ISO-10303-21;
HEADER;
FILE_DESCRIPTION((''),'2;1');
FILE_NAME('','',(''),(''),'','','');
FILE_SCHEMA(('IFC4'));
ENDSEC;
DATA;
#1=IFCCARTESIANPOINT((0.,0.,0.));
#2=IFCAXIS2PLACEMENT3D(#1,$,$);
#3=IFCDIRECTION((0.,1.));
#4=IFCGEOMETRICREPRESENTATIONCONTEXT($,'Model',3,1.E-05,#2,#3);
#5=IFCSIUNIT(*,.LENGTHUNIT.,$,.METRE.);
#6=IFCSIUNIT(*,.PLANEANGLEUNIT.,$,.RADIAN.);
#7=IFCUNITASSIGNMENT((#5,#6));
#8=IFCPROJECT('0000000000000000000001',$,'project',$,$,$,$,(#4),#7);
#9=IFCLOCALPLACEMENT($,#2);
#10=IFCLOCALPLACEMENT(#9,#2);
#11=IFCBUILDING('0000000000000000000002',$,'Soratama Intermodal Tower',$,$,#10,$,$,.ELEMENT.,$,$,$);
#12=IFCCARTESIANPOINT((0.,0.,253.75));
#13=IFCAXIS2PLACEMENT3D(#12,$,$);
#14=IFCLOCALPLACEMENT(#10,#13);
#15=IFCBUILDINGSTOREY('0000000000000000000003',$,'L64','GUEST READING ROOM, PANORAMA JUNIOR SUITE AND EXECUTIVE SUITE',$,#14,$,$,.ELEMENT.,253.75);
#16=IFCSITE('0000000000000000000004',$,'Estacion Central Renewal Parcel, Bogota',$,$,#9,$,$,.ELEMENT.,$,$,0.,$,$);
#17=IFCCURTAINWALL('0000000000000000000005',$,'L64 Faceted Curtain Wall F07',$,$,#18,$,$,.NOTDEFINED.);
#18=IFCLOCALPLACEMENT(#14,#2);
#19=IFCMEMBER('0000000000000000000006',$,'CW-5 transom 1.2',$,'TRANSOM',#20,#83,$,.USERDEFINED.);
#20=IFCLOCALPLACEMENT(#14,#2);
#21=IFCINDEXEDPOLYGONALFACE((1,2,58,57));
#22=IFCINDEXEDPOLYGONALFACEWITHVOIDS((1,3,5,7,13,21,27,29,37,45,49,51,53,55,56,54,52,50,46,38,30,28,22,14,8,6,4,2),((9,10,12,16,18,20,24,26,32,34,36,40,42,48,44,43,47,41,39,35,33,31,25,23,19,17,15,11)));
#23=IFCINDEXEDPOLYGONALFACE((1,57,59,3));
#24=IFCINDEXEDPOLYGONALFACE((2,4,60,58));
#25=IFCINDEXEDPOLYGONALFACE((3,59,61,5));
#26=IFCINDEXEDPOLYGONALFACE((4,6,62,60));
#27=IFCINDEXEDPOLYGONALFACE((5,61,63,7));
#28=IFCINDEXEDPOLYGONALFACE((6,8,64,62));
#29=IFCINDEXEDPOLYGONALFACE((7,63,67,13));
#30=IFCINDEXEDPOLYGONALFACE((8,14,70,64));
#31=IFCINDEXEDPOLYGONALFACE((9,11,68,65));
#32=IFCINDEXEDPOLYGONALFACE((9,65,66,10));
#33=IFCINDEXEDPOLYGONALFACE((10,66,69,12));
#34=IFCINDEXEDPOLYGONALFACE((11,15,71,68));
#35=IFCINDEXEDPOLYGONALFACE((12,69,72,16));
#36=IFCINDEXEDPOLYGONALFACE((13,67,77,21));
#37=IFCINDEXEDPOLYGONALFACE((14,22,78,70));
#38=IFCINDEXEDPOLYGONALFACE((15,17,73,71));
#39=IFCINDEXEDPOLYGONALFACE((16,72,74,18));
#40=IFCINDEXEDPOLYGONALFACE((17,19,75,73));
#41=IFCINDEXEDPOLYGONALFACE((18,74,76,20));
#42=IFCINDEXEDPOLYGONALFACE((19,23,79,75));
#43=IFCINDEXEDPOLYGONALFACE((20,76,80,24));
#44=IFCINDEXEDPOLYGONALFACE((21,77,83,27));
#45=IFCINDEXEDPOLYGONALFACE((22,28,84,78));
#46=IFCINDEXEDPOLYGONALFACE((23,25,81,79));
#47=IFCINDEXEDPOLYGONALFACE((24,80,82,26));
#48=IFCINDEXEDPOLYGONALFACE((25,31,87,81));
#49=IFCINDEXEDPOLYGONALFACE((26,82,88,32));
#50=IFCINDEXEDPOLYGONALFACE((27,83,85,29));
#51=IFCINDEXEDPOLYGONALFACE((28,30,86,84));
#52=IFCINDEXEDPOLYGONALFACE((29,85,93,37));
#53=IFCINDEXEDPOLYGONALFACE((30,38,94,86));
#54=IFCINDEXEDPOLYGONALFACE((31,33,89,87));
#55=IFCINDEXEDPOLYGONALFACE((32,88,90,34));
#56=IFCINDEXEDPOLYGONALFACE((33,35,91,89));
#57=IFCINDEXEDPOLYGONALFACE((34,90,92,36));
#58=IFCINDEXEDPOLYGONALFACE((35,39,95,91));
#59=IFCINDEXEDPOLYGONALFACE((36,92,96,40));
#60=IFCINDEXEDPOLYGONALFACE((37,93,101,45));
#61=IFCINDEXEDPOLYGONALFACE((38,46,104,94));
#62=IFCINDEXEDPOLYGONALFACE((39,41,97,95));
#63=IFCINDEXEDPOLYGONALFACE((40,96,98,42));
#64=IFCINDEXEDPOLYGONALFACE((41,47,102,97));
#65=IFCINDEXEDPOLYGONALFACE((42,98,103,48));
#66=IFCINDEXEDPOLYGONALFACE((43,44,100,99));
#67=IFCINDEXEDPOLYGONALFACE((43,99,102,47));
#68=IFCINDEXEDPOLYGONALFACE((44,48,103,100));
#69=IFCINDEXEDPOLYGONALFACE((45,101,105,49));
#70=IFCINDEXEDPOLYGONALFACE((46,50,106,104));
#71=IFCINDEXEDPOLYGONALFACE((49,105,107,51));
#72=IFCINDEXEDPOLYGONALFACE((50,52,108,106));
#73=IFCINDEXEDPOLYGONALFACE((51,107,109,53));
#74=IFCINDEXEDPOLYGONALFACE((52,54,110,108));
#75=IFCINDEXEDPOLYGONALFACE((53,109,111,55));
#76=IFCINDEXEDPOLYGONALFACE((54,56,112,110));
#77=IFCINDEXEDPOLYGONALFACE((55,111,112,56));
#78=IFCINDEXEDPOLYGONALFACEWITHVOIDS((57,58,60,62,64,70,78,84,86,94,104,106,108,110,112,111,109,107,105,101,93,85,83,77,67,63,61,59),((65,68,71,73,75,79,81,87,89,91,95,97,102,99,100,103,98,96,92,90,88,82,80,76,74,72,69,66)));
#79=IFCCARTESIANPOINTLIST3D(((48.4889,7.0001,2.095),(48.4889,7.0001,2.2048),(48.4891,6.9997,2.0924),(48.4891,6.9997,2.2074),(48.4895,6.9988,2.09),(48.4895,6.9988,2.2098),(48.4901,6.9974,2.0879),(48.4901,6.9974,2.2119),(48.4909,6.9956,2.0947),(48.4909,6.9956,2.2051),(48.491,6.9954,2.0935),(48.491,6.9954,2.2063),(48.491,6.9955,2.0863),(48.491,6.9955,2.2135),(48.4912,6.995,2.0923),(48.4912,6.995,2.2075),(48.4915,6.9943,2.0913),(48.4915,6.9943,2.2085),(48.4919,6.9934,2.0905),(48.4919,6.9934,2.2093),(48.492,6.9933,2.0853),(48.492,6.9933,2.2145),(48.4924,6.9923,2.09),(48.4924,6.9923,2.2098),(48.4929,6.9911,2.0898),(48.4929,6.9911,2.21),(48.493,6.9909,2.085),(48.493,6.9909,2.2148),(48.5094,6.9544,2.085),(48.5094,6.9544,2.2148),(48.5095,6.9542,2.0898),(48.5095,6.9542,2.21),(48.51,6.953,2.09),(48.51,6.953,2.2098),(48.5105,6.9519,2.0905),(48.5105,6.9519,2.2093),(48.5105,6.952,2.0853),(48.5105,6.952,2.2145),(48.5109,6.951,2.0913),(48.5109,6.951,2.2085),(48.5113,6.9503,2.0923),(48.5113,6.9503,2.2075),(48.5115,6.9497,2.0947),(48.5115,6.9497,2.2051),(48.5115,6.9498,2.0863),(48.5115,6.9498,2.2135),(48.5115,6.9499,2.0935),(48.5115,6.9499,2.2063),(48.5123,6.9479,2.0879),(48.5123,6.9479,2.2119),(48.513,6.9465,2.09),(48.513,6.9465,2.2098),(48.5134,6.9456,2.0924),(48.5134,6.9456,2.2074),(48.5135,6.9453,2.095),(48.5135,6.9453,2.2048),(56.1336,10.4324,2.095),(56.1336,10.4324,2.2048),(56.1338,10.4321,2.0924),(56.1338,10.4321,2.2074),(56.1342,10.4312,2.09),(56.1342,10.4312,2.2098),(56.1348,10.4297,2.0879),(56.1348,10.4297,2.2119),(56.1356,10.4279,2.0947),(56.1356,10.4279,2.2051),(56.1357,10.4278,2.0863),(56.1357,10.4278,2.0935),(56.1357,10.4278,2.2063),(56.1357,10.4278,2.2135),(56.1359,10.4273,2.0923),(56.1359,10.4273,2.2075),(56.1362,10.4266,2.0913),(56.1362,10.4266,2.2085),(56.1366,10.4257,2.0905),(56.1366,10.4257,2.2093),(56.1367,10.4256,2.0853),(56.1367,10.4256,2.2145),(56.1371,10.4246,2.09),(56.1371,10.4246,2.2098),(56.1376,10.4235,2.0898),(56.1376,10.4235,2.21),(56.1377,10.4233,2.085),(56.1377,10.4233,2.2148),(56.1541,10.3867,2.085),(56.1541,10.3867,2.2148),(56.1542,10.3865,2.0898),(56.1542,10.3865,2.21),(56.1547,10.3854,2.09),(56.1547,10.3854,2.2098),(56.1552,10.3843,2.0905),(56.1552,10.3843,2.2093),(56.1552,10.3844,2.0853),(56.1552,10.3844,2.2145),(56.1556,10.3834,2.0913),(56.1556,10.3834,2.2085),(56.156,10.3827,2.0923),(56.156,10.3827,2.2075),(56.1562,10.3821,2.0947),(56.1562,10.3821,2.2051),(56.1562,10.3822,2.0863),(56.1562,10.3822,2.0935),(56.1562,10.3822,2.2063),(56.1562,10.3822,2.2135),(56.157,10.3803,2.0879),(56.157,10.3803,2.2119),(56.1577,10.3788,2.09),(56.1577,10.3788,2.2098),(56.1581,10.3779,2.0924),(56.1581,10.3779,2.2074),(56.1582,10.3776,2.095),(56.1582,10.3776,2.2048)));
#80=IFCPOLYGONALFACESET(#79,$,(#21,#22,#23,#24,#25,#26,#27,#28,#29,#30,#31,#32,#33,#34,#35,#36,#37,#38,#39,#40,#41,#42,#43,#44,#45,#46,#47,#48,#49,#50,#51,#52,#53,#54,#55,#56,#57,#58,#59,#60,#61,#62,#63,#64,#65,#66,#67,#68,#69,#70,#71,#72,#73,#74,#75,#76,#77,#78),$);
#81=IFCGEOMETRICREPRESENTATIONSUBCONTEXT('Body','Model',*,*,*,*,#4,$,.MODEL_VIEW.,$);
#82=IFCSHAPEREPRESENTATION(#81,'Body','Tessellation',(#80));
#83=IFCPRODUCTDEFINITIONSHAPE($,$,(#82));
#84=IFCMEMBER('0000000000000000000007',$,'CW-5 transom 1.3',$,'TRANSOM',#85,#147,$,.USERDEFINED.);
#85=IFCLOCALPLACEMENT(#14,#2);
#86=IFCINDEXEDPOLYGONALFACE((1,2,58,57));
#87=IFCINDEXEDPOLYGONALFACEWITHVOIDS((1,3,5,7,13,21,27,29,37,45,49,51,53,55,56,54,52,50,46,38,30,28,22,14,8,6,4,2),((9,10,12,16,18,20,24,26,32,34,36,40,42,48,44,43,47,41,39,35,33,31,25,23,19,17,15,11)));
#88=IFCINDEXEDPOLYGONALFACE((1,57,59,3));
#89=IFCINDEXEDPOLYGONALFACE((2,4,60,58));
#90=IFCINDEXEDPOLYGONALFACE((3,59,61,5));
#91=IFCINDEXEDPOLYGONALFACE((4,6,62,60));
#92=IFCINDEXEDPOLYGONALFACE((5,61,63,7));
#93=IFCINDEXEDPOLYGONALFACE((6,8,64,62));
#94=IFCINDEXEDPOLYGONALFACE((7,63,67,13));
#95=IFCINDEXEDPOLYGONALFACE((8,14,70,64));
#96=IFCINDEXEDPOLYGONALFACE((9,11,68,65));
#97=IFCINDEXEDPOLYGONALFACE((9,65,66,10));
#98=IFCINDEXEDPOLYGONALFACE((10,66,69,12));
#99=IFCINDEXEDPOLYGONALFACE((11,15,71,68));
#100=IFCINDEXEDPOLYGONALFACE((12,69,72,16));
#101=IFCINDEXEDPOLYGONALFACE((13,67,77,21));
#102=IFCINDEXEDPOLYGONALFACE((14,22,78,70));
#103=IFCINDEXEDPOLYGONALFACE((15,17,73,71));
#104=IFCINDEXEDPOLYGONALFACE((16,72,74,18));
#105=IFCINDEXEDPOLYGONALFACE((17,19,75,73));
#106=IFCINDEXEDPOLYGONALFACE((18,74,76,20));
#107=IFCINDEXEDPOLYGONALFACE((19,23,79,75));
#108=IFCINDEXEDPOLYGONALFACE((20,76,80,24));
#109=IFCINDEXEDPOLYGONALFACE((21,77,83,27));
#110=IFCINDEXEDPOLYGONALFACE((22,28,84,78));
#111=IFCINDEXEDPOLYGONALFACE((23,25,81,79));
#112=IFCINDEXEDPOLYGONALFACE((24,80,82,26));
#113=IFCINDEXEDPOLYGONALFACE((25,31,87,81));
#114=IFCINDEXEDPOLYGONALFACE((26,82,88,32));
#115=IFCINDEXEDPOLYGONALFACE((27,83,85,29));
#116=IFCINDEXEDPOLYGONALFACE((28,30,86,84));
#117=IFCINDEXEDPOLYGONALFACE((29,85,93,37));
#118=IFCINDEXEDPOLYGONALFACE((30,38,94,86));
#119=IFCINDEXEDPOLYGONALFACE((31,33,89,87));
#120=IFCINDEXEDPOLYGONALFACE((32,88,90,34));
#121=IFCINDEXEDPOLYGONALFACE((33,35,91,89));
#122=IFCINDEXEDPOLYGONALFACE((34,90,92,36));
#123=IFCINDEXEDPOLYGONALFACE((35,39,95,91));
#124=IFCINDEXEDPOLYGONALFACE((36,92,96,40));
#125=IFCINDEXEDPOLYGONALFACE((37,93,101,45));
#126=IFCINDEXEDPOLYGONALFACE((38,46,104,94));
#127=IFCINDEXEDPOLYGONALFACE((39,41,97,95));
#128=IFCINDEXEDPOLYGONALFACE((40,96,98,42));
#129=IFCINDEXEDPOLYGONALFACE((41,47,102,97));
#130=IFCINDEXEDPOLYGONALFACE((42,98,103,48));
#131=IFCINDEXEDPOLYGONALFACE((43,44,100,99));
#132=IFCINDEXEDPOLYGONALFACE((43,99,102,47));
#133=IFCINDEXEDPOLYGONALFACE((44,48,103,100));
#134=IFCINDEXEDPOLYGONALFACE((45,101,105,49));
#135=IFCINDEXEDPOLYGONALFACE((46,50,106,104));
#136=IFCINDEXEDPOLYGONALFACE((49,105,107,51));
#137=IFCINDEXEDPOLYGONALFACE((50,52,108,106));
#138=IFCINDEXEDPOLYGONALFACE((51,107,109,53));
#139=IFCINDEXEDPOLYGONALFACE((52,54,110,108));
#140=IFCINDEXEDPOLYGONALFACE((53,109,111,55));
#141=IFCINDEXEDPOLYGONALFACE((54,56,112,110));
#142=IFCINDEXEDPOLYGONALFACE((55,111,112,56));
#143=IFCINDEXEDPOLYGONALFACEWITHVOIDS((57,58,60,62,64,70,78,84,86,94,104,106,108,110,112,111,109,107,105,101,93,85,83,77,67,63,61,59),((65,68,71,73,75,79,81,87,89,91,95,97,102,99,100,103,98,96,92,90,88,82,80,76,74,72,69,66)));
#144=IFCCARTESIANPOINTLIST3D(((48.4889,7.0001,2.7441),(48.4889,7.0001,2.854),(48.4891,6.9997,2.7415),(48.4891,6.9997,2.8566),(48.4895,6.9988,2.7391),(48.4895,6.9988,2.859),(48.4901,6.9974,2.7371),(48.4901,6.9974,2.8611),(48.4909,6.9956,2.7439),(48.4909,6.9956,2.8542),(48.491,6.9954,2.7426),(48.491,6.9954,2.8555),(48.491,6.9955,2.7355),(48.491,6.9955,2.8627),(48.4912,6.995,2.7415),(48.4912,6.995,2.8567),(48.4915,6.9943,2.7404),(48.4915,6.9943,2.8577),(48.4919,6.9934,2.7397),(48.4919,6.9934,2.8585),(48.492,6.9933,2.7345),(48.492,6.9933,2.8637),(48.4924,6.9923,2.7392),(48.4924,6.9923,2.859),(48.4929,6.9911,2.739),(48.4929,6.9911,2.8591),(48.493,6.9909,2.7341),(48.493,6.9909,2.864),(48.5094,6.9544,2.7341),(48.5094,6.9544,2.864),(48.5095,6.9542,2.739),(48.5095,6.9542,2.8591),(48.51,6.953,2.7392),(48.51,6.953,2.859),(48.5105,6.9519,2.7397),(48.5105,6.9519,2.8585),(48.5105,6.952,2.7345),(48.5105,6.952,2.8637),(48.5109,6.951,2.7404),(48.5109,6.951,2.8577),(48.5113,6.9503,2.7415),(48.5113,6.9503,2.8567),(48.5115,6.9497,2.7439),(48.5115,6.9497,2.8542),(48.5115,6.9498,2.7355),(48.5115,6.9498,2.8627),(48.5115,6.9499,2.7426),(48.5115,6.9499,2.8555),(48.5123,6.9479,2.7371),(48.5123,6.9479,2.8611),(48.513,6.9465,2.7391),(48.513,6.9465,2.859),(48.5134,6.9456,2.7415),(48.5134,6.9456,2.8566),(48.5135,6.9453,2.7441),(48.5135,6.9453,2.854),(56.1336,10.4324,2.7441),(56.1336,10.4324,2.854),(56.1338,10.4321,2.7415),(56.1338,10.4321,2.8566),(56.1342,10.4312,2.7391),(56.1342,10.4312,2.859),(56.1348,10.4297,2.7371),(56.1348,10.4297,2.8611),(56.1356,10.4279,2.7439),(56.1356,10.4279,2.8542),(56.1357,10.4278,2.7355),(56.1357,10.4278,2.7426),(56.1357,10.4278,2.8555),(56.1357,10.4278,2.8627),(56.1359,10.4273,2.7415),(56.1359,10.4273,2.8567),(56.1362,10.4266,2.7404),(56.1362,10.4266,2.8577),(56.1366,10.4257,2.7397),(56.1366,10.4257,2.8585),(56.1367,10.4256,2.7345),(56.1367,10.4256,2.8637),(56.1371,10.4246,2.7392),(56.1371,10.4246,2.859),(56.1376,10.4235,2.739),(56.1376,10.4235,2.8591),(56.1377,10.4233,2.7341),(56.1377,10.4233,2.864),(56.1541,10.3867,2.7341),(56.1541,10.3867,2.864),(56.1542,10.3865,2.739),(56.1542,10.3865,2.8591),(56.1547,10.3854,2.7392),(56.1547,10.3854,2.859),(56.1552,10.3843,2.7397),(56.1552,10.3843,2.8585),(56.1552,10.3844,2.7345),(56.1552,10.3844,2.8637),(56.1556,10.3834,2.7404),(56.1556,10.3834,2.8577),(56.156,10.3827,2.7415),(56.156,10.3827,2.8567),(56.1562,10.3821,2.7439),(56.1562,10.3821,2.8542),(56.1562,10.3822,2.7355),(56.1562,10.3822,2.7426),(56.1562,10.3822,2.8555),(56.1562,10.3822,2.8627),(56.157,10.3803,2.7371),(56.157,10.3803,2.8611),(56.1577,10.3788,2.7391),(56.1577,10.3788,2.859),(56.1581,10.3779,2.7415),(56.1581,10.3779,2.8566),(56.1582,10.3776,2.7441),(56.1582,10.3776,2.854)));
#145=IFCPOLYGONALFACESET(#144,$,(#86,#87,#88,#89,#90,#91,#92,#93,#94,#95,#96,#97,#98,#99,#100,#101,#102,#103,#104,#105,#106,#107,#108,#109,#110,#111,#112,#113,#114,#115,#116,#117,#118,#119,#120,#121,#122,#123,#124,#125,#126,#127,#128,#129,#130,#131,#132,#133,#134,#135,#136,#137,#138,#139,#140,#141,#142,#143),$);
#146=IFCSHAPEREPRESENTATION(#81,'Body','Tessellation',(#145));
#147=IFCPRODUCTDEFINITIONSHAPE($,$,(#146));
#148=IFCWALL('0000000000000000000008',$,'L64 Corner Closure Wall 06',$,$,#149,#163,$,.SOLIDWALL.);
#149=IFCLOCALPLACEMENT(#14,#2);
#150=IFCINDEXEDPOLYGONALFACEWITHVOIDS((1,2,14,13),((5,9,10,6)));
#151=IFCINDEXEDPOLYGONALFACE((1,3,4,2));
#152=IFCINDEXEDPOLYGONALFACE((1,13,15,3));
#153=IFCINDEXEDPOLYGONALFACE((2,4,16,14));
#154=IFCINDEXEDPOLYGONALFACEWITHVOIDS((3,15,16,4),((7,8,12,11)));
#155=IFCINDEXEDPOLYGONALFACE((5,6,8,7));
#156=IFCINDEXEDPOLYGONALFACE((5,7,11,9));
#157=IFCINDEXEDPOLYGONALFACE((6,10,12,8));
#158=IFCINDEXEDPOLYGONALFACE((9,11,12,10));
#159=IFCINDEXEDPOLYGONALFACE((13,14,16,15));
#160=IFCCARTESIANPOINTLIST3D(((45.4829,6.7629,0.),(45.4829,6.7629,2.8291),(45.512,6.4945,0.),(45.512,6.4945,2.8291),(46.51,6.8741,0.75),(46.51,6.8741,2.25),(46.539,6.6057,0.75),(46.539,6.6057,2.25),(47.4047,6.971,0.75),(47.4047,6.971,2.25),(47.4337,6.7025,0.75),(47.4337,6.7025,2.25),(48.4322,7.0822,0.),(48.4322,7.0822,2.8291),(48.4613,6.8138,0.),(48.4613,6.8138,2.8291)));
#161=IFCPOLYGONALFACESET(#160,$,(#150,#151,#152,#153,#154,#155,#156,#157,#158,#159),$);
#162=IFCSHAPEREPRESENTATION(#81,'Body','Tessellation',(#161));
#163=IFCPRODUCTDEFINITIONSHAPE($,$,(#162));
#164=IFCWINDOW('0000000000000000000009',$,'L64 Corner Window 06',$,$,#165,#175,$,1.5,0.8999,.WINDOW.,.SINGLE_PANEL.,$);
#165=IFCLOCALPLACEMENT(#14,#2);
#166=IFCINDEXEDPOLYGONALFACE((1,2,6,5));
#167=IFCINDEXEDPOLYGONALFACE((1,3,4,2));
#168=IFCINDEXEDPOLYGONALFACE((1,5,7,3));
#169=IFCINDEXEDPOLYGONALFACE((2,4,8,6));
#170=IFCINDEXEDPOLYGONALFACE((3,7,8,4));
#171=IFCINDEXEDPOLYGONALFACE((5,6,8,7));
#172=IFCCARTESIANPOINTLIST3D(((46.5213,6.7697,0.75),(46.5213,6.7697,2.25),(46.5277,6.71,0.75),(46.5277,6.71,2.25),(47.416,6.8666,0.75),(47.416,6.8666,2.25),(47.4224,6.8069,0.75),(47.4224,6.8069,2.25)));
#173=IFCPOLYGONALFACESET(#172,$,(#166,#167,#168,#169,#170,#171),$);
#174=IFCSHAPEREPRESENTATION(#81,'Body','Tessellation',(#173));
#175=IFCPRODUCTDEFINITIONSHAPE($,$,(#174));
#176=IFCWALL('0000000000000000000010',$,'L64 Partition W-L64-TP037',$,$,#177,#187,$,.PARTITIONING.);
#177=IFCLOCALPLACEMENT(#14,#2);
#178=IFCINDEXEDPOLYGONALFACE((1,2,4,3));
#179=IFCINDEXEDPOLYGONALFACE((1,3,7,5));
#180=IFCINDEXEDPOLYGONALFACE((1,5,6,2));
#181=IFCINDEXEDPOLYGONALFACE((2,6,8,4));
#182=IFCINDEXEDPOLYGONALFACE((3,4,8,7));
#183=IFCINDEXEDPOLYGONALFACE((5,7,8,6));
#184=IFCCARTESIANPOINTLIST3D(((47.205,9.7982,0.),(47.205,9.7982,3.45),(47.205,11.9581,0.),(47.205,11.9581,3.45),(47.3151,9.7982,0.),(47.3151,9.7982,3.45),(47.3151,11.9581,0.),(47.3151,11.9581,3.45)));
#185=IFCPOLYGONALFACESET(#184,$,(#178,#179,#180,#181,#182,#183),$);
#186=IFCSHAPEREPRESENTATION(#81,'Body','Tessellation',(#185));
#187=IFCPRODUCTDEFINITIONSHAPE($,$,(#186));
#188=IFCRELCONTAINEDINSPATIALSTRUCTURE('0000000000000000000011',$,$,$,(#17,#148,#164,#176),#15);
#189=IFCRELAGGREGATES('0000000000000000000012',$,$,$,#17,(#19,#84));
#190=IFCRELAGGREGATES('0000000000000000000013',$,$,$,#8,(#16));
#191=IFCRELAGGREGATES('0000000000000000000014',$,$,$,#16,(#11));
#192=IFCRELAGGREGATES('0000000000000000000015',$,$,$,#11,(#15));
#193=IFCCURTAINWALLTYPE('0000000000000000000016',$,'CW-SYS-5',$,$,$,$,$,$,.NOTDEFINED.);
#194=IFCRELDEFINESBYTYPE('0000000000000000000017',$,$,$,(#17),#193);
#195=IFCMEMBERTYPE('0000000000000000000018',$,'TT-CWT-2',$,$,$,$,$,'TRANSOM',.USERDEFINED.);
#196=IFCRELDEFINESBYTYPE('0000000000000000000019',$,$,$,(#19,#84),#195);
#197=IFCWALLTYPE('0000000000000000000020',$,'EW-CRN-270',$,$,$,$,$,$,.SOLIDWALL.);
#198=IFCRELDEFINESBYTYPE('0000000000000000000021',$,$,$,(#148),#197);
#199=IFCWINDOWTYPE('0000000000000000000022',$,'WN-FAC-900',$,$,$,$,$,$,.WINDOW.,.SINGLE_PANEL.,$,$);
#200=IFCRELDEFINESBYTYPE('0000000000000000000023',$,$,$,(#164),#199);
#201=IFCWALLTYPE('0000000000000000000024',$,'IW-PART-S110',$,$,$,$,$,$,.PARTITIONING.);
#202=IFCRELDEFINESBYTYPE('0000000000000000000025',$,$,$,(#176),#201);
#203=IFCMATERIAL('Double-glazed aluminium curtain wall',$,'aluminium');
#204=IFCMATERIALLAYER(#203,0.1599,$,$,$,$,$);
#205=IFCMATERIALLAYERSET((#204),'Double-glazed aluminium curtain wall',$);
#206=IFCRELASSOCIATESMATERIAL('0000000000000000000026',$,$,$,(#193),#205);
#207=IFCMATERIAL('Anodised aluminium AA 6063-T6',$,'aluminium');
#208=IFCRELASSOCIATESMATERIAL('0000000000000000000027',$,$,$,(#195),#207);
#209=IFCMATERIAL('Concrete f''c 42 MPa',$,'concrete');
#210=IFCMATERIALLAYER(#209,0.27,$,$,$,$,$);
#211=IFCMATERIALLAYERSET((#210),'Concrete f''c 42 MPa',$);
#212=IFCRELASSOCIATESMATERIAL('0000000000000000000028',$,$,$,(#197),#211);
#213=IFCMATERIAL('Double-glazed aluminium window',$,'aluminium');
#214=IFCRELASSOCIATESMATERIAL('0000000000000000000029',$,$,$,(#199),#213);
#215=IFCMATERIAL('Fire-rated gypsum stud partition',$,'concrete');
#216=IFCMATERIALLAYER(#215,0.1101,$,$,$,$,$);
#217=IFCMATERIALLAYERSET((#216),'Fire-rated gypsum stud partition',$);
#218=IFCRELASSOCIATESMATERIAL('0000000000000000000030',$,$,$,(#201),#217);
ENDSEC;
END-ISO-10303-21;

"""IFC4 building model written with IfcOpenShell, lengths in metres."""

from ifc_helpers import new_model, si_unit, direction, frame, frame_2d, origin, origin_2d, place, context, subcontext, project, spatial, rectangle, hollow_rectangle, extrude, material, layer, layer_set, material_profile, profile_set, type_object, element, fill, aggregate, save


model = new_model("IFC4")

# Units and contexts
model_context = context("Model", 3, precision=1e-05, world=origin(), true_north=direction((0.0, 1.0)))
body_context = subcontext(model_context, "Body", "Model", "MODEL_VIEW")
ifc_project = project(units=[si_unit("LENGTHUNIT", "METRE"), si_unit("PLANEANGLEUNIT", "RADIAN")], contexts=[model_context])

# Site, building, storey
site_placement = place(None, origin())
site = spatial("IfcSite", under=ifc_project, at=site_placement, Name="Estacion Central Renewal Parcel, Bogota", CompositionType="ELEMENT", RefElevation=0.0)
building_placement = place(site_placement, origin())
building = spatial("IfcBuilding", under=site, at=building_placement, Name="Soratama Intermodal Tower", CompositionType="ELEMENT")
storey_placement = place(building_placement, frame((0.0, 0.0, 253.75)))
storey = spatial("IfcBuildingStorey", under=building, at=storey_placement, Name="L64", Description="GUEST READING ROOM, PANORAMA JUNIOR SUITE AND EXECUTIVE SUITE", CompositionType="ELEMENT", Elevation=253.75)

# Curtain wall, members
ifc_material_1 = material(Name="Double-glazed aluminium curtain wall", Category="aluminium")
ifc_layer_1 = layer(ifc_material_1, 0.1599)
ifc_layer_set_1 = layer_set([ifc_layer_1], Name="Double-glazed aluminium curtain wall")
curtain_wall_type = type_object("IfcCurtainWallType", Name="CW-SYS-5", PredefinedType="NOTDEFINED", material=ifc_layer_set_1)
curtain_wall_placement = place(storey_placement, origin())
curtain_wall = element("IfcCurtainWall", 1, at=curtain_wall_placement, inside=storey, type_object=curtain_wall_type, Name="L64 Faceted Curtain Wall F07", PredefinedType="NOTDEFINED")
ifc_material_2 = material(Name="Anodised aluminium AA 6063-T6", Category="aluminium")
ifc_material_profile_1 = material_profile(ifc_material_2, hollow_rectangle(XDim=0.0601, YDim=0.1299, WallThickness=0.0049, InnerFilletRadius=0.0049, OuterFilletRadius=0.01, at=origin_2d()), Name="CWT130X60X5")
ifc_profile_set_1 = profile_set([ifc_material_profile_1], Name="Anodised aluminium AA 6063-T6")
member_type_1 = type_object("IfcMemberType", Name="TT-CWT-2", ElementType="TRANSOM", PredefinedType="USERDEFINED", material=ifc_profile_set_1)
member_1_placement = place(storey_placement, frame((48.5012, 6.9727, 2.1499), z_axis=(0.912268, 0.409593, 0.0), x_axis=(-0.409593, 0.912268, 0.0)))
member_1 = element("IfcMember", 2, at=member_1_placement, type_object=member_type_1, Name="CW-5 transom 1.2", ObjectType="TRANSOM", PredefinedType="USERDEFINED", context=body_context, shape_type="SweptSolid", body=[
    extrude(hollow_rectangle(XDim=0.0601, YDim=0.1299, WallThickness=0.0049, InnerFilletRadius=0.0049, OuterFilletRadius=0.01, at=origin_2d()), origin(), (0.0, 0.0, 1.0), 8.3799),
])
member_2_placement = place(storey_placement, frame((48.5012, 6.9727, 2.7991), z_axis=(0.912268, 0.409593, 0.0), x_axis=(-0.409593, 0.912268, 0.0)))
member_2 = element("IfcMember", 3, at=member_2_placement, type_object=member_type_1, Name="CW-5 transom 1.3", ObjectType="TRANSOM", PredefinedType="USERDEFINED", context=body_context, shape_type="SweptSolid", body=[
    extrude(hollow_rectangle(XDim=0.0601, YDim=0.1299, WallThickness=0.0049, InnerFilletRadius=0.0049, OuterFilletRadius=0.01, at=origin_2d()), origin(), (0.0, 0.0, 1.0), 8.3799),
])
aggregate(curtain_wall, [member_1, member_2])

# Wall, opening, window
ifc_material_3 = material(Name="Concrete f'c 42 MPa", Category="concrete")
ifc_layer_2 = layer(ifc_material_3, 0.27)
ifc_layer_set_2 = layer_set([ifc_layer_2], Name="Concrete f'c 42 MPa")
wall_type_1 = type_object("IfcWallType", Name="EW-CRN-270", PredefinedType="SOLIDWALL", material=ifc_layer_set_2)
wall_1_placement = place(storey_placement, frame((45.4973, 6.6287, 0.0), z_axis=(0.0, 0.0, 1.0), x_axis=(0.994189, 0.107649, 0.0)))
wall_1 = element("IfcWall", 4, at=wall_1_placement, inside=storey, type_object=wall_type_1, Name="L64 Corner Closure Wall 06", PredefinedType="SOLIDWALL", context=body_context, shape_type="SweptSolid", body=[
    extrude(rectangle(XDim=2.9666, YDim=0.27, at=frame_2d((1.4834, 0.0))), origin(), (0.0, 0.0, 1.0), 2.8291),
])
opening_1_placement = place(wall_1_placement, frame((1.0332, 0.0, 0.75)))
opening_1 = element("IfcOpeningElement", 5, at=opening_1_placement, cuts=wall_1, PredefinedType="OPENING", context=body_context, shape_type="SweptSolid", body=[
    extrude(rectangle(XDim=0.8999, YDim=1.5, at=frame_2d((0.45, 0.75))), frame((0.0, 0.145, 0.0), z_axis=(0.0, -1.0, 0.0), x_axis=(1.0, 0.0, 0.0)), (0.0, 0.0, 1.0), 0.29),
])
ifc_material_4 = material(Name="Double-glazed aluminium window", Category="aluminium")
window_type = type_object("IfcWindowType", Name="WN-FAC-900", PartitioningType="SINGLE_PANEL", PredefinedType="WINDOW", material=ifc_material_4)
window_placement = place(opening_1_placement, origin())
window = element("IfcWindow", 6, at=window_placement, inside=storey, type_object=window_type, Name="L64 Corner Window 06", OverallHeight=1.5, OverallWidth=0.8999, PartitioningType="SINGLE_PANEL", PredefinedType="WINDOW", context=body_context, shape_type="SweptSolid", body=[
    extrude(rectangle(XDim=0.8999, YDim=1.5, at=frame_2d((0.45, 0.75))), frame((0.0, 0.03, 0.0), z_axis=(0.0, -1.0, 0.0), x_axis=(1.0, 0.0, 0.0)), (0.0, 0.0, 1.0), 0.0601),
])
fill(opening_1, window)

# Wall
ifc_material_5 = material(Name="Fire-rated gypsum stud partition", Category="concrete")
ifc_layer_3 = layer(ifc_material_5, 0.1101)
ifc_layer_set_3 = layer_set([ifc_layer_3], Name="Fire-rated gypsum stud partition")
wall_type_2 = type_object("IfcWallType", Name="IW-PART-S110", PredefinedType="PARTITIONING", material=ifc_layer_set_3)
wall_2_placement = place(storey_placement, frame((47.26, 9.7981, 0.0), z_axis=(0.0, 0.0, 1.0), x_axis=(0.0, 1.0, 0.0)))
element("IfcWall", 7, at=wall_2_placement, inside=storey, type_object=wall_type_2, Name="L64 Partition W-L64-TP037", PredefinedType="PARTITIONING", context=body_context, shape_type="SweptSolid", body=[
    extrude(rectangle(XDim=2.1599, YDim=0.1101, at=frame_2d((1.0801, 0.0))), origin(), (0.0, 0.0, 1.0), 3.45),
])

save(model, "model.ifc")
